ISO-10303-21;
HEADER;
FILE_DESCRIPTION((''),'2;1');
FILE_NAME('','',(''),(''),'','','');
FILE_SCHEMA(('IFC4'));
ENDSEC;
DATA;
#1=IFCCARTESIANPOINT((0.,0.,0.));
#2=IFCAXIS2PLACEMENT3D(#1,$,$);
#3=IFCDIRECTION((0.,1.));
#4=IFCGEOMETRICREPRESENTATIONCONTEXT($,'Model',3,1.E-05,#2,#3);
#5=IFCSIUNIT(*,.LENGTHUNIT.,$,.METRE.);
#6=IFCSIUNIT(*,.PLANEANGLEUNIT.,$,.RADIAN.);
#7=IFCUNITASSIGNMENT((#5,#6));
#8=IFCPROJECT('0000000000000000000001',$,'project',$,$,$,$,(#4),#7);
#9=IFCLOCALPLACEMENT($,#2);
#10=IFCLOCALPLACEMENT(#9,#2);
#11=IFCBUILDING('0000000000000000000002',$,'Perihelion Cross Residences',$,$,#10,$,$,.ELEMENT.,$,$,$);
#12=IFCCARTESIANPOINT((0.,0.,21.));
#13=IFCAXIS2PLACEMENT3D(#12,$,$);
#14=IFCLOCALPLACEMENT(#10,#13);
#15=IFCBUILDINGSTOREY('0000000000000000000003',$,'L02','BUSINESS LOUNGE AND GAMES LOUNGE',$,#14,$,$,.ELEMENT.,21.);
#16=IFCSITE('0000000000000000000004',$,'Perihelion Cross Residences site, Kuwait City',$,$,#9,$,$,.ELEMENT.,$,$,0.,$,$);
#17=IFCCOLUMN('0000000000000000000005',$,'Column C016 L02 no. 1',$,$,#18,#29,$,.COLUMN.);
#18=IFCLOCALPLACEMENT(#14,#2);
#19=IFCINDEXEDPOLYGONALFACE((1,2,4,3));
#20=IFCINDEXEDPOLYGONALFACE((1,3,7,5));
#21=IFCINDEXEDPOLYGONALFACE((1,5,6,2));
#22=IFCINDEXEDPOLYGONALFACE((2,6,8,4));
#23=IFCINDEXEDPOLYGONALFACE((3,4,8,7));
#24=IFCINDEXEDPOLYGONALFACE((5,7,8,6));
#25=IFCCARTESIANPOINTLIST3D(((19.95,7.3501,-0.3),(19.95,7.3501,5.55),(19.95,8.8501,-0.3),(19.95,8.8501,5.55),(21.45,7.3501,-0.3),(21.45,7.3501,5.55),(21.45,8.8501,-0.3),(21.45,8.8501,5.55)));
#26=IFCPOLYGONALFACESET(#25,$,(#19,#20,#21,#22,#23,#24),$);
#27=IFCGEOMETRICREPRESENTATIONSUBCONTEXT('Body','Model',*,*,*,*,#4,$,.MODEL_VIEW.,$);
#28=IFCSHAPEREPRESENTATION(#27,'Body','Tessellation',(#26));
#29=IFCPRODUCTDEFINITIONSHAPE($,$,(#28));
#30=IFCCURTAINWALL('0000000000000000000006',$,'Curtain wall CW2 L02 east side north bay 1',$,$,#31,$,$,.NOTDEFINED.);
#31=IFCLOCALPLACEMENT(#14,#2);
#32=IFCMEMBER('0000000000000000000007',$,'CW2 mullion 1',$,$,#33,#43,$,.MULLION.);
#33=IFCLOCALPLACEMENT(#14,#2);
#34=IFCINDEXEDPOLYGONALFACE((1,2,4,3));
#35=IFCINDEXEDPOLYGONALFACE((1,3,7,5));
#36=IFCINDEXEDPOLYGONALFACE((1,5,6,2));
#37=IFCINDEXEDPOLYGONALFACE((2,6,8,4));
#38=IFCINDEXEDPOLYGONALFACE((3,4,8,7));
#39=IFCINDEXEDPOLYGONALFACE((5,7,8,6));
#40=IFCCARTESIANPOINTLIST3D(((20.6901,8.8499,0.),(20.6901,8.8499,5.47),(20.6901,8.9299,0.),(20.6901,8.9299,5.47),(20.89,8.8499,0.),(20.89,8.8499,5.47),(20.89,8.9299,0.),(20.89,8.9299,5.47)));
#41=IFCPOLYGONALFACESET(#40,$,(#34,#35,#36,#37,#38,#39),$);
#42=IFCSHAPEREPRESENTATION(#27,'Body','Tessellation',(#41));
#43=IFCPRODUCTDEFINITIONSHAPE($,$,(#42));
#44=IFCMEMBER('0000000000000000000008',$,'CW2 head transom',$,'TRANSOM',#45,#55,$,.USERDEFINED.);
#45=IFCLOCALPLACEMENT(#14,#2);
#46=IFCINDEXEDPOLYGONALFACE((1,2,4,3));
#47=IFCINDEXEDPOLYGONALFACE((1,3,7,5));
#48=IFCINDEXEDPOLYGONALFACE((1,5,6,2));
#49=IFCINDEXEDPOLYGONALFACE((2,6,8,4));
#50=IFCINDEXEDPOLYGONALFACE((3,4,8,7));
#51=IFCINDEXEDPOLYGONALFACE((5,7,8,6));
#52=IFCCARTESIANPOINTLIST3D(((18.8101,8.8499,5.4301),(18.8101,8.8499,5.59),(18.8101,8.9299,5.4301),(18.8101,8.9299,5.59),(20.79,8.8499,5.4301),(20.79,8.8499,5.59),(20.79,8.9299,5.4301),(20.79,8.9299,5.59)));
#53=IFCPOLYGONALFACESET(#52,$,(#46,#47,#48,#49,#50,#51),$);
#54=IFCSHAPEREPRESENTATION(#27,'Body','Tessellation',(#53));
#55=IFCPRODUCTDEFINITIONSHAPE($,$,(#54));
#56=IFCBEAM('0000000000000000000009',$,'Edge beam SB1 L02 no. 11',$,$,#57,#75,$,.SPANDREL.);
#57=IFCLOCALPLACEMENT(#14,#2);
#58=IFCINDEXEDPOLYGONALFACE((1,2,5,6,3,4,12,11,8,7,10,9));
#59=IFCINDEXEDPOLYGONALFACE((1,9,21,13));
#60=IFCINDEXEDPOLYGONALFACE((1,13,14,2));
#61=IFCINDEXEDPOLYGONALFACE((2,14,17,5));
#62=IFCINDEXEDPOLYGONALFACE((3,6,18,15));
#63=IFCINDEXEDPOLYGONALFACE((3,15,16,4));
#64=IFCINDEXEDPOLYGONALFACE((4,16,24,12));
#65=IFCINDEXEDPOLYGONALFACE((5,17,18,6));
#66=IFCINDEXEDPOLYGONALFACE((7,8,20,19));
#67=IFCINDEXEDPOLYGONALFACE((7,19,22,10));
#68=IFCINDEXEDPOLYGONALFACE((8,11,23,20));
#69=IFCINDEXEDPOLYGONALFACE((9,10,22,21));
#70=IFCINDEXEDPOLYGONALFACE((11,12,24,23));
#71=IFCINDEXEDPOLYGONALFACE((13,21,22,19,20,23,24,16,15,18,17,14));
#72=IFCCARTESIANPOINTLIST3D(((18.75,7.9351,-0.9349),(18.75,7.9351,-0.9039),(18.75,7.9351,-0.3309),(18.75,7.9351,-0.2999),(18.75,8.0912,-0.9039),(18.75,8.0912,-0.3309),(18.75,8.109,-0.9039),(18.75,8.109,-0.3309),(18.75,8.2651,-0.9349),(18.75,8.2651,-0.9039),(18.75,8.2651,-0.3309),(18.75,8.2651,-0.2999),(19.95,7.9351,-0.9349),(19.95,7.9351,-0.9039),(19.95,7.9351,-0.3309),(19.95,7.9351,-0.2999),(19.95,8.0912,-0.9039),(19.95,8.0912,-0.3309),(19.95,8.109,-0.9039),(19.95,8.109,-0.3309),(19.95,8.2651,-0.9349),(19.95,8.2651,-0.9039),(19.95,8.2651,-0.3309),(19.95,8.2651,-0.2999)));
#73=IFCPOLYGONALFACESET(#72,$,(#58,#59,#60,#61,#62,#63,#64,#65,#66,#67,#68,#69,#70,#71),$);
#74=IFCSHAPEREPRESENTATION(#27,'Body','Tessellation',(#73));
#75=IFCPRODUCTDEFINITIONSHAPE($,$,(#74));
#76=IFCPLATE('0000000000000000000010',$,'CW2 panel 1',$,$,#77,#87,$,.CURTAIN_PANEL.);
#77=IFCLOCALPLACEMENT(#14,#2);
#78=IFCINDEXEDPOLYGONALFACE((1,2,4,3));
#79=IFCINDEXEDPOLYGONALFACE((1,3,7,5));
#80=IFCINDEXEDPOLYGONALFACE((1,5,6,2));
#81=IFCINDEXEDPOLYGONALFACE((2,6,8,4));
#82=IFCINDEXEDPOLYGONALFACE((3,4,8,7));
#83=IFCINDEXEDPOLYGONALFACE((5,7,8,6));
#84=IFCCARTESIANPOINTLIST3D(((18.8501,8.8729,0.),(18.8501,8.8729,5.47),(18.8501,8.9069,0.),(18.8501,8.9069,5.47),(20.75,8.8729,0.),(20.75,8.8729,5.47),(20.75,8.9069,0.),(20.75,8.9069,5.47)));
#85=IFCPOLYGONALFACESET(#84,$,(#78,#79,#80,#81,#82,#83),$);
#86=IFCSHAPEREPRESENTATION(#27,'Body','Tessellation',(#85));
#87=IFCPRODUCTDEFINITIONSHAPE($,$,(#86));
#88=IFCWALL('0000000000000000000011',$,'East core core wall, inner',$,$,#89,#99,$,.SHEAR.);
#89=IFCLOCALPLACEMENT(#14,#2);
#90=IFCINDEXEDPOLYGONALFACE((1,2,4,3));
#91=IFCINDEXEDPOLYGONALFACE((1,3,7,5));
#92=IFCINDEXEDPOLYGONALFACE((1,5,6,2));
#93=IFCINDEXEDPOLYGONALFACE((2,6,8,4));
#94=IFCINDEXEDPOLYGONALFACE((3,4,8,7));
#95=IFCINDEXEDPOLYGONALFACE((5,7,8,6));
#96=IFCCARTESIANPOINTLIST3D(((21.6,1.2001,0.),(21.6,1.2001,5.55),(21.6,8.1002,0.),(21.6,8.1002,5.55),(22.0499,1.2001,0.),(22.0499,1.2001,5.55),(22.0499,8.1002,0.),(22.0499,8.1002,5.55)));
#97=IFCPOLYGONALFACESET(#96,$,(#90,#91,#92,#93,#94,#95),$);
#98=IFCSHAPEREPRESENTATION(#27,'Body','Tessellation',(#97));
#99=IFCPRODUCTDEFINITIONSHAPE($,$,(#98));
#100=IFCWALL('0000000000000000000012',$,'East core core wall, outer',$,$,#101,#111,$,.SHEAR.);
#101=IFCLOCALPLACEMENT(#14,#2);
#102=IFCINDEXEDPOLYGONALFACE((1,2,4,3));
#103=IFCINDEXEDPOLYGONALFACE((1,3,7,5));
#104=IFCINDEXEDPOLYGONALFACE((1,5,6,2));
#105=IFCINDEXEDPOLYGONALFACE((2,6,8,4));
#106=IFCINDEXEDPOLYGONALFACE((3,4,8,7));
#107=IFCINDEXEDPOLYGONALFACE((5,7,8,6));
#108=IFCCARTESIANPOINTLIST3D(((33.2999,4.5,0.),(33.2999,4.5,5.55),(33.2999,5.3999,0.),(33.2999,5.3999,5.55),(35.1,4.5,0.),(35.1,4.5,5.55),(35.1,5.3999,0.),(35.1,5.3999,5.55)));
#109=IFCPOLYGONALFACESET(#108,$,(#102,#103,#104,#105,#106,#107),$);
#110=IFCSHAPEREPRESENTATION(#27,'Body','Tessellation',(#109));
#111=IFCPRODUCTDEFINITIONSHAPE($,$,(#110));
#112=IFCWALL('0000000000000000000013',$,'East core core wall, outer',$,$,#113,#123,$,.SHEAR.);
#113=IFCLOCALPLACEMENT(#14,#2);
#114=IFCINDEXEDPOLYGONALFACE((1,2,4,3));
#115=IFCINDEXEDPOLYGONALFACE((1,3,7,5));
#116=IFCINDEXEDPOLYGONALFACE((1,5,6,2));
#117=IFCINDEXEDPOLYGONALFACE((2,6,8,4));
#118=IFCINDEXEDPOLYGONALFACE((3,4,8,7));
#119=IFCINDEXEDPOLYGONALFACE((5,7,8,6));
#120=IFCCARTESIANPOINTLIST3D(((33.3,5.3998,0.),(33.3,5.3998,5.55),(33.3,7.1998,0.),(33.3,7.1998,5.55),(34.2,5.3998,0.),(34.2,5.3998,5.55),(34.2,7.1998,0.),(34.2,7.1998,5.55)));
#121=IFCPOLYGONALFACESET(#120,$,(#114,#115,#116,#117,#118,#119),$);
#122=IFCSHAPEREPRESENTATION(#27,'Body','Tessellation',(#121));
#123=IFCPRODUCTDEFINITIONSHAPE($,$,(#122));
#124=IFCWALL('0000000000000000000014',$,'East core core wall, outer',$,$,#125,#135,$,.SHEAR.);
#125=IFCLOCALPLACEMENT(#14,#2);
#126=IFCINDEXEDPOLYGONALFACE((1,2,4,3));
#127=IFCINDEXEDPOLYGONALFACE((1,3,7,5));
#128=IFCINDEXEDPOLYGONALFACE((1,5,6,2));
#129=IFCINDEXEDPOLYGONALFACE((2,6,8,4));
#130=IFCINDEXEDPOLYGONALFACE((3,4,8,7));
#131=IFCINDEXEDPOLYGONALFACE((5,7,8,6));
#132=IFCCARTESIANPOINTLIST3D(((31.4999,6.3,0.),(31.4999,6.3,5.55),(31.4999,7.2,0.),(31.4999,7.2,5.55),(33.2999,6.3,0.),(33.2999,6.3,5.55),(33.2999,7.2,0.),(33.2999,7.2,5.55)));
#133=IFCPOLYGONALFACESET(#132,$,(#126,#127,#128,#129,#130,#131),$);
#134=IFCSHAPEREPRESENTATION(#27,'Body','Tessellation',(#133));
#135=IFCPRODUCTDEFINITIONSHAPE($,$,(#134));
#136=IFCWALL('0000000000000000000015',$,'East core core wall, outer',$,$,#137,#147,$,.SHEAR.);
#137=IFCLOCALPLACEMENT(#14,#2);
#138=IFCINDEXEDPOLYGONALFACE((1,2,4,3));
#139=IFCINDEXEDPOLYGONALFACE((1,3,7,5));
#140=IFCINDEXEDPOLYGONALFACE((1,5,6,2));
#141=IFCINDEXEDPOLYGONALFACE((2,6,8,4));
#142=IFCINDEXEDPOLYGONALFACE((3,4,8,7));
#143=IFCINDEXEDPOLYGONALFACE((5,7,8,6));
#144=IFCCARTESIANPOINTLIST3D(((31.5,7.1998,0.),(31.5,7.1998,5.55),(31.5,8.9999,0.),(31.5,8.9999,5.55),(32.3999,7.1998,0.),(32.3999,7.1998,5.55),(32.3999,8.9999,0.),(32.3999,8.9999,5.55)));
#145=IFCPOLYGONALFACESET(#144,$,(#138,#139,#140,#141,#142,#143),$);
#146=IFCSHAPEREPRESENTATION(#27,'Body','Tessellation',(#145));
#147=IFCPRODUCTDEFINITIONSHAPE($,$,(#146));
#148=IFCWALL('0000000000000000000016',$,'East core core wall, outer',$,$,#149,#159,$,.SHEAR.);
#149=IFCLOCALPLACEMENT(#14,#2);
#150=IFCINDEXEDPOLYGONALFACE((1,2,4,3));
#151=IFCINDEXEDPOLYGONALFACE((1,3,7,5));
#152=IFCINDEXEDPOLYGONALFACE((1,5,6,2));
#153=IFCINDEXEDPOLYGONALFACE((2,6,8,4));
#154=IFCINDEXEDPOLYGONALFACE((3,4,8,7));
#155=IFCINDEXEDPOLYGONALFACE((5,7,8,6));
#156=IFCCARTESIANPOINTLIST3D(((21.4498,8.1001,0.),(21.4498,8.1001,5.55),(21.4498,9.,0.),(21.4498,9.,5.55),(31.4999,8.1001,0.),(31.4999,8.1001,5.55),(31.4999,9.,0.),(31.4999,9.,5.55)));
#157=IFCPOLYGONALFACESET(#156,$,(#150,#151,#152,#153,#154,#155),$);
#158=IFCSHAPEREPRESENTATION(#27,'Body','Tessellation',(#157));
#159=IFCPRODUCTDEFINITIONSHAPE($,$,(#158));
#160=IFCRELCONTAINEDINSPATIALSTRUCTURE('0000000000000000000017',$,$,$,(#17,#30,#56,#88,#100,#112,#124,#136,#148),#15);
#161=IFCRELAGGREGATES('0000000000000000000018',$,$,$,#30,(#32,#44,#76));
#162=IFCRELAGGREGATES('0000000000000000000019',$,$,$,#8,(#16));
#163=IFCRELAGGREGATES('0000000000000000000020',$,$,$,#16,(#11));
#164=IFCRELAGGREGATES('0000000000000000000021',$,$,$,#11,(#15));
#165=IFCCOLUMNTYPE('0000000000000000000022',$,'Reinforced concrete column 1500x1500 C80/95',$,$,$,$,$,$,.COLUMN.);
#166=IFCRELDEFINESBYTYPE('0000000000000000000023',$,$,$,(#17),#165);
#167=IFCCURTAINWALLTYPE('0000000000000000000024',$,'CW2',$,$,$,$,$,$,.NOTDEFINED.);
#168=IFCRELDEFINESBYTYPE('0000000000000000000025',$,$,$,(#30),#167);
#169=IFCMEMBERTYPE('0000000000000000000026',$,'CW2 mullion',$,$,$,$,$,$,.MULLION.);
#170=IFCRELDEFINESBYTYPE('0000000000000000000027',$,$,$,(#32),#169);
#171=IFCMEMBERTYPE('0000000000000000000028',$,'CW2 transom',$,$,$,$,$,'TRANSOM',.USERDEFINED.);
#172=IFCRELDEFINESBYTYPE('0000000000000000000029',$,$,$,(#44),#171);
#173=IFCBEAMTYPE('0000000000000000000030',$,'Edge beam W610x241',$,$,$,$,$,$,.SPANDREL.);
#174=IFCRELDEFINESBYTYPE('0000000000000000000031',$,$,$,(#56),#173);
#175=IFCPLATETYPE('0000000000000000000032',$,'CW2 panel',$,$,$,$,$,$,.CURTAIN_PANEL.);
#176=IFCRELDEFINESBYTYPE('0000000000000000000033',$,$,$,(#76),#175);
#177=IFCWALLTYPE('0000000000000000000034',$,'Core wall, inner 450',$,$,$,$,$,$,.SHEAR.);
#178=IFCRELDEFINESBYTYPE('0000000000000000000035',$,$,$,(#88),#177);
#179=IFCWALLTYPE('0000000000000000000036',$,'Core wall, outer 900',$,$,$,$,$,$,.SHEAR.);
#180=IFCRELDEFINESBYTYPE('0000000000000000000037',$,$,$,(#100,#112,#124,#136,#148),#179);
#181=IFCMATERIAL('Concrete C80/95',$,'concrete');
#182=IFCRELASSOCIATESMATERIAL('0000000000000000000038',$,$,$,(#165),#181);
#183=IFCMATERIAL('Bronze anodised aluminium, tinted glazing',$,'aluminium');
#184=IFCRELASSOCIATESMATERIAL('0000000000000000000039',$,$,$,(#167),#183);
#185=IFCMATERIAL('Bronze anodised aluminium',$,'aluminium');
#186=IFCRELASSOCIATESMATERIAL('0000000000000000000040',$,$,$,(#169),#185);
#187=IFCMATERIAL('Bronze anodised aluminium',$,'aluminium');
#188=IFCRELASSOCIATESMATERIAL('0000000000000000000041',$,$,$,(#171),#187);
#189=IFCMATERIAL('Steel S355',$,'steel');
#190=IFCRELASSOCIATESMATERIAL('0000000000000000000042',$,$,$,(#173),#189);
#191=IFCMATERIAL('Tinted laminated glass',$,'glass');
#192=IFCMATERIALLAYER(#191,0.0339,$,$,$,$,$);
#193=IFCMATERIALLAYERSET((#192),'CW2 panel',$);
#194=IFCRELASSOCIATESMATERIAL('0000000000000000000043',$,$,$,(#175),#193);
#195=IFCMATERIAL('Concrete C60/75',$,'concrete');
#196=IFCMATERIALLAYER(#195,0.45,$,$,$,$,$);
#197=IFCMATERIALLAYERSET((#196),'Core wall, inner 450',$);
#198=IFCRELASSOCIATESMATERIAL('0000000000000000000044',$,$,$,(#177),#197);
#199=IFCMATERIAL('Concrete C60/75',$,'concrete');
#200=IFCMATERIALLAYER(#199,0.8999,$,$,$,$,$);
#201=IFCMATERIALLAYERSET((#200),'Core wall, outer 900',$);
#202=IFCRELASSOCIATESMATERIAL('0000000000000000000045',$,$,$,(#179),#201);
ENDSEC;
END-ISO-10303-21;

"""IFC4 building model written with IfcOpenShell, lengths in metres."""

from ifc_helpers import new_model, si_unit, direction, frame, frame_2d, origin, origin_2d, place, context, subcontext, project, spatial, rectangle, i_section, extrude, material, layer, layer_set, material_profile, profile_set, type_object, element, aggregate, save


model = new_model("IFC4")

# Units and contexts
model_context = context("Model", 3, precision=1e-05, world=origin(), true_north=direction((0.0, 1.0)))
body_context = subcontext(model_context, "Body", "Model", "MODEL_VIEW")
ifc_project = project(units=[si_unit("LENGTHUNIT", "METRE"), si_unit("PLANEANGLEUNIT", "RADIAN")], contexts=[model_context])

# Site, building, storey
site_placement = place(None, origin())
site = spatial("IfcSite", under=ifc_project, at=site_placement, Name="Perihelion Cross Residences site, Kuwait City", CompositionType="ELEMENT", RefElevation=0.0)
building_placement = place(site_placement, origin())
building = spatial("IfcBuilding", under=site, at=building_placement, Name="Perihelion Cross Residences", CompositionType="ELEMENT")
storey_placement = place(building_placement, frame((0.0, 0.0, 21.0)))
storey = spatial("IfcBuildingStorey", under=building, at=storey_placement, Name="L02", Description="BUSINESS LOUNGE AND GAMES LOUNGE", CompositionType="ELEMENT", Elevation=21.0)

# Column
ifc_material_1 = material(Name="Concrete C80/95", Category="concrete")
ifc_material_profile_1 = material_profile(ifc_material_1, rectangle(XDim=1.5, YDim=1.5, at=origin_2d()), Name="RC 1500x1500")
ifc_profile_set_1 = profile_set([ifc_material_profile_1], Name="Concrete C80/95")
column_type = type_object("IfcColumnType", Name="Reinforced concrete column 1500x1500 C80/95", PredefinedType="COLUMN", material=ifc_profile_set_1)
column_placement = place(storey_placement, frame((20.7, 8.1001, -0.3), z_axis=(0.0, 0.0, 1.0), x_axis=(1.0, 0.0, 0.0)))
element("IfcColumn", 1, at=column_placement, inside=storey, type_object=column_type, Name="Column C016 L02 no. 1", PredefinedType="COLUMN", context=body_context, shape_type="SweptSolid", body=[
    extrude(rectangle(XDim=1.5, YDim=1.5, at=origin_2d()), origin(), (0.0, 0.0, 1.0), 5.8501),
])

# Curtain wall, members
ifc_material_2 = material(Name="Bronze anodised aluminium, tinted glazing", Category="aluminium")
curtain_wall_type = type_object("IfcCurtainWallType", Name="CW2", PredefinedType="NOTDEFINED", material=ifc_material_2)
curtain_wall_placement = place(storey_placement, origin())
curtain_wall = element("IfcCurtainWall", 2, at=curtain_wall_placement, inside=storey, type_object=curtain_wall_type, Name="Curtain wall CW2 L02 east side north bay 1", PredefinedType="NOTDEFINED")
ifc_material_3 = material(Name="Bronze anodised aluminium", Category="aluminium")
ifc_material_profile_2 = material_profile(ifc_material_3, rectangle(XDim=0.0801, YDim=0.2, at=origin_2d()), Name="CW2 mullion")
ifc_profile_set_2 = profile_set([ifc_material_profile_2], Name="Bronze anodised aluminium")
member_type_1 = type_object("IfcMemberType", Name="CW2 mullion", PredefinedType="MULLION", material=ifc_profile_set_2)
member_1_placement = place(storey_placement, frame((20.79, 8.8899, 0.0), z_axis=(0.0, 0.0, 1.0), x_axis=(0.0, -1.0, 0.0)))
member_1 = element("IfcMember", 3, at=member_1_placement, type_object=member_type_1, Name="CW2 mullion 1", PredefinedType="MULLION", context=body_context, shape_type="SweptSolid", body=[
    extrude(rectangle(XDim=0.0801, YDim=0.2, at=origin_2d()), origin(), (0.0, 0.0, 1.0), 5.47),
])
ifc_material_4 = material(Name="Bronze anodised aluminium", Category="aluminium")
ifc_material_profile_3 = material_profile(ifc_material_4, rectangle(XDim=0.0801, YDim=0.1599, at=origin_2d()), Name="CW2 transom")
ifc_profile_set_3 = profile_set([ifc_material_profile_3], Name="Bronze anodised aluminium")
member_type_2 = type_object("IfcMemberType", Name="CW2 transom", ElementType="TRANSOM", PredefinedType="USERDEFINED", material=ifc_profile_set_3)
member_2_placement = place(storey_placement, frame((20.79, 8.8899, 5.51), z_axis=(-1.0, 0.0, 0.0), x_axis=(0.0, -1.0, 0.0)))
member_2 = element("IfcMember", 4, at=member_2_placement, type_object=member_type_2, Name="CW2 head transom", ObjectType="TRANSOM", PredefinedType="USERDEFINED", context=body_context, shape_type="SweptSolid", body=[
    extrude(rectangle(XDim=0.0801, YDim=0.1599, at=origin_2d()), origin(), (0.0, 0.0, 1.0), 1.98),
])

# Beam
ifc_material_5 = material(Name="Steel S355", Category="steel")
ifc_material_profile_4 = material_profile(ifc_material_5, i_section(OverallWidth=0.3301, OverallDepth=0.635, WebThickness=0.0178, FlangeThickness=0.031, at=origin_2d()), Name="W610x241")
ifc_profile_set_4 = profile_set([ifc_material_profile_4], Name="Steel S355")
beam_type = type_object("IfcBeamType", Name="Edge beam W610x241", PredefinedType="SPANDREL", material=ifc_profile_set_4)
beam_placement = place(storey_placement, frame((19.95, 8.1001, -0.6174), z_axis=(-1.0, 0.0, 0.0), x_axis=(0.0, -1.0, 0.0)))
element("IfcBeam", 5, at=beam_placement, inside=storey, type_object=beam_type, Name="Edge beam SB1 L02 no. 11", PredefinedType="SPANDREL", context=body_context, shape_type="SweptSolid", body=[
    extrude(i_section(OverallWidth=0.3301, OverallDepth=0.635, WebThickness=0.0178, FlangeThickness=0.031, at=origin_2d()), origin(), (0.0, 0.0, 1.0), 1.2),
])

# Plate
ifc_material_6 = material(Name="Tinted laminated glass", Category="glass")
ifc_layer_1 = layer(ifc_material_6, 0.0339)
ifc_layer_set_1 = layer_set([ifc_layer_1], Name="CW2 panel")
plate_type = type_object("IfcPlateType", Name="CW2 panel", PredefinedType="CURTAIN_PANEL", material=ifc_layer_set_1)
plate_placement = place(storey_placement, frame((19.8, 8.8899, 0.0), z_axis=(0.0, 0.0, 1.0), x_axis=(-1.0, 0.0, 0.0)))
plate = element("IfcPlate", 6, at=plate_placement, type_object=plate_type, Name="CW2 panel 1", PredefinedType="CURTAIN_PANEL", context=body_context, shape_type="SweptSolid", body=[
    extrude(rectangle(XDim=1.8999, YDim=0.0339, at=origin_2d()), origin(), (0.0, 0.0, 1.0), 5.47),
])
aggregate(curtain_wall, [member_1, member_2, plate])

# Walls
ifc_material_7 = material(Name="Concrete C60/75", Category="concrete")
ifc_layer_2 = layer(ifc_material_7, 0.45)
ifc_layer_set_2 = layer_set([ifc_layer_2], Name="Core wall, inner 450")
wall_type_1 = type_object("IfcWallType", Name="Core wall, inner 450", PredefinedType="SHEAR", material=ifc_layer_set_2)
wall_1_placement = place(storey_placement, frame((21.825, 1.2, 0.0), z_axis=(0.0, 0.0, 1.0), x_axis=(0.0, 1.0, 0.0)))
element("IfcWall", 7, at=wall_1_placement, inside=storey, type_object=wall_type_1, Name="East core core wall, inner", PredefinedType="SHEAR", context=body_context, shape_type="SweptSolid", body=[
    extrude(rectangle(XDim=6.9001, YDim=0.45, at=frame_2d((3.4502, 0.0))), origin(), (0.0, 0.0, 1.0), 5.55),
])
ifc_material_8 = material(Name="Concrete C60/75", Category="concrete")
ifc_layer_3 = layer(ifc_material_8, 0.8999)
ifc_layer_set_3 = layer_set([ifc_layer_3], Name="Core wall, outer 900")
wall_type_2 = type_object("IfcWallType", Name="Core wall, outer 900", PredefinedType="SHEAR", material=ifc_layer_set_3)
for number, where, z_axis, x_axis, name in (
    (8, (33.3, 4.95, 0.0), (0.0, 0.0, 1.0), (1.0, 0.0, 0.0), "East core core wall, outer"),
    (9, (33.75, 5.3999, 0.0), (0.0, 0.0, 1.0), (0.0, 1.0, 0.0), "East core core wall, outer"),
    (10, (31.5, 6.75, 0.0), (0.0, 0.0, 1.0), (1.0, 0.0, 0.0), "East core core wall, outer"),
    (11, (31.95, 7.2, 0.0), (0.0, 0.0, 1.0), (0.0, 1.0, 0.0), "East core core wall, outer"),
):
    element("IfcWall", number, at=place(storey_placement, frame(where, z_axis=z_axis, x_axis=x_axis)), inside=storey, type_object=wall_type_2, Name=name, PredefinedType="SHEAR", context=body_context, shape_type="SweptSolid", body=[
        extrude(rectangle(XDim=1.8, YDim=0.8999, at=frame_2d((0.8999, 0.0))), origin(), (0.0, 0.0, 1.0), 5.55),
    ])
wall_2_placement = place(storey_placement, frame((21.45, 8.55, 0.0), z_axis=(0.0, 0.0, 1.0), x_axis=(1.0, 0.0, 0.0)))
element("IfcWall", 12, at=wall_2_placement, inside=storey, type_object=wall_type_2, Name="East core core wall, outer", PredefinedType="SHEAR", context=body_context, shape_type="SweptSolid", body=[
    extrude(rectangle(XDim=10.05, YDim=0.8999, at=frame_2d((5.0249, 0.0))), origin(), (0.0, 0.0, 1.0), 5.55),
])

save(model, "model.ifc")
